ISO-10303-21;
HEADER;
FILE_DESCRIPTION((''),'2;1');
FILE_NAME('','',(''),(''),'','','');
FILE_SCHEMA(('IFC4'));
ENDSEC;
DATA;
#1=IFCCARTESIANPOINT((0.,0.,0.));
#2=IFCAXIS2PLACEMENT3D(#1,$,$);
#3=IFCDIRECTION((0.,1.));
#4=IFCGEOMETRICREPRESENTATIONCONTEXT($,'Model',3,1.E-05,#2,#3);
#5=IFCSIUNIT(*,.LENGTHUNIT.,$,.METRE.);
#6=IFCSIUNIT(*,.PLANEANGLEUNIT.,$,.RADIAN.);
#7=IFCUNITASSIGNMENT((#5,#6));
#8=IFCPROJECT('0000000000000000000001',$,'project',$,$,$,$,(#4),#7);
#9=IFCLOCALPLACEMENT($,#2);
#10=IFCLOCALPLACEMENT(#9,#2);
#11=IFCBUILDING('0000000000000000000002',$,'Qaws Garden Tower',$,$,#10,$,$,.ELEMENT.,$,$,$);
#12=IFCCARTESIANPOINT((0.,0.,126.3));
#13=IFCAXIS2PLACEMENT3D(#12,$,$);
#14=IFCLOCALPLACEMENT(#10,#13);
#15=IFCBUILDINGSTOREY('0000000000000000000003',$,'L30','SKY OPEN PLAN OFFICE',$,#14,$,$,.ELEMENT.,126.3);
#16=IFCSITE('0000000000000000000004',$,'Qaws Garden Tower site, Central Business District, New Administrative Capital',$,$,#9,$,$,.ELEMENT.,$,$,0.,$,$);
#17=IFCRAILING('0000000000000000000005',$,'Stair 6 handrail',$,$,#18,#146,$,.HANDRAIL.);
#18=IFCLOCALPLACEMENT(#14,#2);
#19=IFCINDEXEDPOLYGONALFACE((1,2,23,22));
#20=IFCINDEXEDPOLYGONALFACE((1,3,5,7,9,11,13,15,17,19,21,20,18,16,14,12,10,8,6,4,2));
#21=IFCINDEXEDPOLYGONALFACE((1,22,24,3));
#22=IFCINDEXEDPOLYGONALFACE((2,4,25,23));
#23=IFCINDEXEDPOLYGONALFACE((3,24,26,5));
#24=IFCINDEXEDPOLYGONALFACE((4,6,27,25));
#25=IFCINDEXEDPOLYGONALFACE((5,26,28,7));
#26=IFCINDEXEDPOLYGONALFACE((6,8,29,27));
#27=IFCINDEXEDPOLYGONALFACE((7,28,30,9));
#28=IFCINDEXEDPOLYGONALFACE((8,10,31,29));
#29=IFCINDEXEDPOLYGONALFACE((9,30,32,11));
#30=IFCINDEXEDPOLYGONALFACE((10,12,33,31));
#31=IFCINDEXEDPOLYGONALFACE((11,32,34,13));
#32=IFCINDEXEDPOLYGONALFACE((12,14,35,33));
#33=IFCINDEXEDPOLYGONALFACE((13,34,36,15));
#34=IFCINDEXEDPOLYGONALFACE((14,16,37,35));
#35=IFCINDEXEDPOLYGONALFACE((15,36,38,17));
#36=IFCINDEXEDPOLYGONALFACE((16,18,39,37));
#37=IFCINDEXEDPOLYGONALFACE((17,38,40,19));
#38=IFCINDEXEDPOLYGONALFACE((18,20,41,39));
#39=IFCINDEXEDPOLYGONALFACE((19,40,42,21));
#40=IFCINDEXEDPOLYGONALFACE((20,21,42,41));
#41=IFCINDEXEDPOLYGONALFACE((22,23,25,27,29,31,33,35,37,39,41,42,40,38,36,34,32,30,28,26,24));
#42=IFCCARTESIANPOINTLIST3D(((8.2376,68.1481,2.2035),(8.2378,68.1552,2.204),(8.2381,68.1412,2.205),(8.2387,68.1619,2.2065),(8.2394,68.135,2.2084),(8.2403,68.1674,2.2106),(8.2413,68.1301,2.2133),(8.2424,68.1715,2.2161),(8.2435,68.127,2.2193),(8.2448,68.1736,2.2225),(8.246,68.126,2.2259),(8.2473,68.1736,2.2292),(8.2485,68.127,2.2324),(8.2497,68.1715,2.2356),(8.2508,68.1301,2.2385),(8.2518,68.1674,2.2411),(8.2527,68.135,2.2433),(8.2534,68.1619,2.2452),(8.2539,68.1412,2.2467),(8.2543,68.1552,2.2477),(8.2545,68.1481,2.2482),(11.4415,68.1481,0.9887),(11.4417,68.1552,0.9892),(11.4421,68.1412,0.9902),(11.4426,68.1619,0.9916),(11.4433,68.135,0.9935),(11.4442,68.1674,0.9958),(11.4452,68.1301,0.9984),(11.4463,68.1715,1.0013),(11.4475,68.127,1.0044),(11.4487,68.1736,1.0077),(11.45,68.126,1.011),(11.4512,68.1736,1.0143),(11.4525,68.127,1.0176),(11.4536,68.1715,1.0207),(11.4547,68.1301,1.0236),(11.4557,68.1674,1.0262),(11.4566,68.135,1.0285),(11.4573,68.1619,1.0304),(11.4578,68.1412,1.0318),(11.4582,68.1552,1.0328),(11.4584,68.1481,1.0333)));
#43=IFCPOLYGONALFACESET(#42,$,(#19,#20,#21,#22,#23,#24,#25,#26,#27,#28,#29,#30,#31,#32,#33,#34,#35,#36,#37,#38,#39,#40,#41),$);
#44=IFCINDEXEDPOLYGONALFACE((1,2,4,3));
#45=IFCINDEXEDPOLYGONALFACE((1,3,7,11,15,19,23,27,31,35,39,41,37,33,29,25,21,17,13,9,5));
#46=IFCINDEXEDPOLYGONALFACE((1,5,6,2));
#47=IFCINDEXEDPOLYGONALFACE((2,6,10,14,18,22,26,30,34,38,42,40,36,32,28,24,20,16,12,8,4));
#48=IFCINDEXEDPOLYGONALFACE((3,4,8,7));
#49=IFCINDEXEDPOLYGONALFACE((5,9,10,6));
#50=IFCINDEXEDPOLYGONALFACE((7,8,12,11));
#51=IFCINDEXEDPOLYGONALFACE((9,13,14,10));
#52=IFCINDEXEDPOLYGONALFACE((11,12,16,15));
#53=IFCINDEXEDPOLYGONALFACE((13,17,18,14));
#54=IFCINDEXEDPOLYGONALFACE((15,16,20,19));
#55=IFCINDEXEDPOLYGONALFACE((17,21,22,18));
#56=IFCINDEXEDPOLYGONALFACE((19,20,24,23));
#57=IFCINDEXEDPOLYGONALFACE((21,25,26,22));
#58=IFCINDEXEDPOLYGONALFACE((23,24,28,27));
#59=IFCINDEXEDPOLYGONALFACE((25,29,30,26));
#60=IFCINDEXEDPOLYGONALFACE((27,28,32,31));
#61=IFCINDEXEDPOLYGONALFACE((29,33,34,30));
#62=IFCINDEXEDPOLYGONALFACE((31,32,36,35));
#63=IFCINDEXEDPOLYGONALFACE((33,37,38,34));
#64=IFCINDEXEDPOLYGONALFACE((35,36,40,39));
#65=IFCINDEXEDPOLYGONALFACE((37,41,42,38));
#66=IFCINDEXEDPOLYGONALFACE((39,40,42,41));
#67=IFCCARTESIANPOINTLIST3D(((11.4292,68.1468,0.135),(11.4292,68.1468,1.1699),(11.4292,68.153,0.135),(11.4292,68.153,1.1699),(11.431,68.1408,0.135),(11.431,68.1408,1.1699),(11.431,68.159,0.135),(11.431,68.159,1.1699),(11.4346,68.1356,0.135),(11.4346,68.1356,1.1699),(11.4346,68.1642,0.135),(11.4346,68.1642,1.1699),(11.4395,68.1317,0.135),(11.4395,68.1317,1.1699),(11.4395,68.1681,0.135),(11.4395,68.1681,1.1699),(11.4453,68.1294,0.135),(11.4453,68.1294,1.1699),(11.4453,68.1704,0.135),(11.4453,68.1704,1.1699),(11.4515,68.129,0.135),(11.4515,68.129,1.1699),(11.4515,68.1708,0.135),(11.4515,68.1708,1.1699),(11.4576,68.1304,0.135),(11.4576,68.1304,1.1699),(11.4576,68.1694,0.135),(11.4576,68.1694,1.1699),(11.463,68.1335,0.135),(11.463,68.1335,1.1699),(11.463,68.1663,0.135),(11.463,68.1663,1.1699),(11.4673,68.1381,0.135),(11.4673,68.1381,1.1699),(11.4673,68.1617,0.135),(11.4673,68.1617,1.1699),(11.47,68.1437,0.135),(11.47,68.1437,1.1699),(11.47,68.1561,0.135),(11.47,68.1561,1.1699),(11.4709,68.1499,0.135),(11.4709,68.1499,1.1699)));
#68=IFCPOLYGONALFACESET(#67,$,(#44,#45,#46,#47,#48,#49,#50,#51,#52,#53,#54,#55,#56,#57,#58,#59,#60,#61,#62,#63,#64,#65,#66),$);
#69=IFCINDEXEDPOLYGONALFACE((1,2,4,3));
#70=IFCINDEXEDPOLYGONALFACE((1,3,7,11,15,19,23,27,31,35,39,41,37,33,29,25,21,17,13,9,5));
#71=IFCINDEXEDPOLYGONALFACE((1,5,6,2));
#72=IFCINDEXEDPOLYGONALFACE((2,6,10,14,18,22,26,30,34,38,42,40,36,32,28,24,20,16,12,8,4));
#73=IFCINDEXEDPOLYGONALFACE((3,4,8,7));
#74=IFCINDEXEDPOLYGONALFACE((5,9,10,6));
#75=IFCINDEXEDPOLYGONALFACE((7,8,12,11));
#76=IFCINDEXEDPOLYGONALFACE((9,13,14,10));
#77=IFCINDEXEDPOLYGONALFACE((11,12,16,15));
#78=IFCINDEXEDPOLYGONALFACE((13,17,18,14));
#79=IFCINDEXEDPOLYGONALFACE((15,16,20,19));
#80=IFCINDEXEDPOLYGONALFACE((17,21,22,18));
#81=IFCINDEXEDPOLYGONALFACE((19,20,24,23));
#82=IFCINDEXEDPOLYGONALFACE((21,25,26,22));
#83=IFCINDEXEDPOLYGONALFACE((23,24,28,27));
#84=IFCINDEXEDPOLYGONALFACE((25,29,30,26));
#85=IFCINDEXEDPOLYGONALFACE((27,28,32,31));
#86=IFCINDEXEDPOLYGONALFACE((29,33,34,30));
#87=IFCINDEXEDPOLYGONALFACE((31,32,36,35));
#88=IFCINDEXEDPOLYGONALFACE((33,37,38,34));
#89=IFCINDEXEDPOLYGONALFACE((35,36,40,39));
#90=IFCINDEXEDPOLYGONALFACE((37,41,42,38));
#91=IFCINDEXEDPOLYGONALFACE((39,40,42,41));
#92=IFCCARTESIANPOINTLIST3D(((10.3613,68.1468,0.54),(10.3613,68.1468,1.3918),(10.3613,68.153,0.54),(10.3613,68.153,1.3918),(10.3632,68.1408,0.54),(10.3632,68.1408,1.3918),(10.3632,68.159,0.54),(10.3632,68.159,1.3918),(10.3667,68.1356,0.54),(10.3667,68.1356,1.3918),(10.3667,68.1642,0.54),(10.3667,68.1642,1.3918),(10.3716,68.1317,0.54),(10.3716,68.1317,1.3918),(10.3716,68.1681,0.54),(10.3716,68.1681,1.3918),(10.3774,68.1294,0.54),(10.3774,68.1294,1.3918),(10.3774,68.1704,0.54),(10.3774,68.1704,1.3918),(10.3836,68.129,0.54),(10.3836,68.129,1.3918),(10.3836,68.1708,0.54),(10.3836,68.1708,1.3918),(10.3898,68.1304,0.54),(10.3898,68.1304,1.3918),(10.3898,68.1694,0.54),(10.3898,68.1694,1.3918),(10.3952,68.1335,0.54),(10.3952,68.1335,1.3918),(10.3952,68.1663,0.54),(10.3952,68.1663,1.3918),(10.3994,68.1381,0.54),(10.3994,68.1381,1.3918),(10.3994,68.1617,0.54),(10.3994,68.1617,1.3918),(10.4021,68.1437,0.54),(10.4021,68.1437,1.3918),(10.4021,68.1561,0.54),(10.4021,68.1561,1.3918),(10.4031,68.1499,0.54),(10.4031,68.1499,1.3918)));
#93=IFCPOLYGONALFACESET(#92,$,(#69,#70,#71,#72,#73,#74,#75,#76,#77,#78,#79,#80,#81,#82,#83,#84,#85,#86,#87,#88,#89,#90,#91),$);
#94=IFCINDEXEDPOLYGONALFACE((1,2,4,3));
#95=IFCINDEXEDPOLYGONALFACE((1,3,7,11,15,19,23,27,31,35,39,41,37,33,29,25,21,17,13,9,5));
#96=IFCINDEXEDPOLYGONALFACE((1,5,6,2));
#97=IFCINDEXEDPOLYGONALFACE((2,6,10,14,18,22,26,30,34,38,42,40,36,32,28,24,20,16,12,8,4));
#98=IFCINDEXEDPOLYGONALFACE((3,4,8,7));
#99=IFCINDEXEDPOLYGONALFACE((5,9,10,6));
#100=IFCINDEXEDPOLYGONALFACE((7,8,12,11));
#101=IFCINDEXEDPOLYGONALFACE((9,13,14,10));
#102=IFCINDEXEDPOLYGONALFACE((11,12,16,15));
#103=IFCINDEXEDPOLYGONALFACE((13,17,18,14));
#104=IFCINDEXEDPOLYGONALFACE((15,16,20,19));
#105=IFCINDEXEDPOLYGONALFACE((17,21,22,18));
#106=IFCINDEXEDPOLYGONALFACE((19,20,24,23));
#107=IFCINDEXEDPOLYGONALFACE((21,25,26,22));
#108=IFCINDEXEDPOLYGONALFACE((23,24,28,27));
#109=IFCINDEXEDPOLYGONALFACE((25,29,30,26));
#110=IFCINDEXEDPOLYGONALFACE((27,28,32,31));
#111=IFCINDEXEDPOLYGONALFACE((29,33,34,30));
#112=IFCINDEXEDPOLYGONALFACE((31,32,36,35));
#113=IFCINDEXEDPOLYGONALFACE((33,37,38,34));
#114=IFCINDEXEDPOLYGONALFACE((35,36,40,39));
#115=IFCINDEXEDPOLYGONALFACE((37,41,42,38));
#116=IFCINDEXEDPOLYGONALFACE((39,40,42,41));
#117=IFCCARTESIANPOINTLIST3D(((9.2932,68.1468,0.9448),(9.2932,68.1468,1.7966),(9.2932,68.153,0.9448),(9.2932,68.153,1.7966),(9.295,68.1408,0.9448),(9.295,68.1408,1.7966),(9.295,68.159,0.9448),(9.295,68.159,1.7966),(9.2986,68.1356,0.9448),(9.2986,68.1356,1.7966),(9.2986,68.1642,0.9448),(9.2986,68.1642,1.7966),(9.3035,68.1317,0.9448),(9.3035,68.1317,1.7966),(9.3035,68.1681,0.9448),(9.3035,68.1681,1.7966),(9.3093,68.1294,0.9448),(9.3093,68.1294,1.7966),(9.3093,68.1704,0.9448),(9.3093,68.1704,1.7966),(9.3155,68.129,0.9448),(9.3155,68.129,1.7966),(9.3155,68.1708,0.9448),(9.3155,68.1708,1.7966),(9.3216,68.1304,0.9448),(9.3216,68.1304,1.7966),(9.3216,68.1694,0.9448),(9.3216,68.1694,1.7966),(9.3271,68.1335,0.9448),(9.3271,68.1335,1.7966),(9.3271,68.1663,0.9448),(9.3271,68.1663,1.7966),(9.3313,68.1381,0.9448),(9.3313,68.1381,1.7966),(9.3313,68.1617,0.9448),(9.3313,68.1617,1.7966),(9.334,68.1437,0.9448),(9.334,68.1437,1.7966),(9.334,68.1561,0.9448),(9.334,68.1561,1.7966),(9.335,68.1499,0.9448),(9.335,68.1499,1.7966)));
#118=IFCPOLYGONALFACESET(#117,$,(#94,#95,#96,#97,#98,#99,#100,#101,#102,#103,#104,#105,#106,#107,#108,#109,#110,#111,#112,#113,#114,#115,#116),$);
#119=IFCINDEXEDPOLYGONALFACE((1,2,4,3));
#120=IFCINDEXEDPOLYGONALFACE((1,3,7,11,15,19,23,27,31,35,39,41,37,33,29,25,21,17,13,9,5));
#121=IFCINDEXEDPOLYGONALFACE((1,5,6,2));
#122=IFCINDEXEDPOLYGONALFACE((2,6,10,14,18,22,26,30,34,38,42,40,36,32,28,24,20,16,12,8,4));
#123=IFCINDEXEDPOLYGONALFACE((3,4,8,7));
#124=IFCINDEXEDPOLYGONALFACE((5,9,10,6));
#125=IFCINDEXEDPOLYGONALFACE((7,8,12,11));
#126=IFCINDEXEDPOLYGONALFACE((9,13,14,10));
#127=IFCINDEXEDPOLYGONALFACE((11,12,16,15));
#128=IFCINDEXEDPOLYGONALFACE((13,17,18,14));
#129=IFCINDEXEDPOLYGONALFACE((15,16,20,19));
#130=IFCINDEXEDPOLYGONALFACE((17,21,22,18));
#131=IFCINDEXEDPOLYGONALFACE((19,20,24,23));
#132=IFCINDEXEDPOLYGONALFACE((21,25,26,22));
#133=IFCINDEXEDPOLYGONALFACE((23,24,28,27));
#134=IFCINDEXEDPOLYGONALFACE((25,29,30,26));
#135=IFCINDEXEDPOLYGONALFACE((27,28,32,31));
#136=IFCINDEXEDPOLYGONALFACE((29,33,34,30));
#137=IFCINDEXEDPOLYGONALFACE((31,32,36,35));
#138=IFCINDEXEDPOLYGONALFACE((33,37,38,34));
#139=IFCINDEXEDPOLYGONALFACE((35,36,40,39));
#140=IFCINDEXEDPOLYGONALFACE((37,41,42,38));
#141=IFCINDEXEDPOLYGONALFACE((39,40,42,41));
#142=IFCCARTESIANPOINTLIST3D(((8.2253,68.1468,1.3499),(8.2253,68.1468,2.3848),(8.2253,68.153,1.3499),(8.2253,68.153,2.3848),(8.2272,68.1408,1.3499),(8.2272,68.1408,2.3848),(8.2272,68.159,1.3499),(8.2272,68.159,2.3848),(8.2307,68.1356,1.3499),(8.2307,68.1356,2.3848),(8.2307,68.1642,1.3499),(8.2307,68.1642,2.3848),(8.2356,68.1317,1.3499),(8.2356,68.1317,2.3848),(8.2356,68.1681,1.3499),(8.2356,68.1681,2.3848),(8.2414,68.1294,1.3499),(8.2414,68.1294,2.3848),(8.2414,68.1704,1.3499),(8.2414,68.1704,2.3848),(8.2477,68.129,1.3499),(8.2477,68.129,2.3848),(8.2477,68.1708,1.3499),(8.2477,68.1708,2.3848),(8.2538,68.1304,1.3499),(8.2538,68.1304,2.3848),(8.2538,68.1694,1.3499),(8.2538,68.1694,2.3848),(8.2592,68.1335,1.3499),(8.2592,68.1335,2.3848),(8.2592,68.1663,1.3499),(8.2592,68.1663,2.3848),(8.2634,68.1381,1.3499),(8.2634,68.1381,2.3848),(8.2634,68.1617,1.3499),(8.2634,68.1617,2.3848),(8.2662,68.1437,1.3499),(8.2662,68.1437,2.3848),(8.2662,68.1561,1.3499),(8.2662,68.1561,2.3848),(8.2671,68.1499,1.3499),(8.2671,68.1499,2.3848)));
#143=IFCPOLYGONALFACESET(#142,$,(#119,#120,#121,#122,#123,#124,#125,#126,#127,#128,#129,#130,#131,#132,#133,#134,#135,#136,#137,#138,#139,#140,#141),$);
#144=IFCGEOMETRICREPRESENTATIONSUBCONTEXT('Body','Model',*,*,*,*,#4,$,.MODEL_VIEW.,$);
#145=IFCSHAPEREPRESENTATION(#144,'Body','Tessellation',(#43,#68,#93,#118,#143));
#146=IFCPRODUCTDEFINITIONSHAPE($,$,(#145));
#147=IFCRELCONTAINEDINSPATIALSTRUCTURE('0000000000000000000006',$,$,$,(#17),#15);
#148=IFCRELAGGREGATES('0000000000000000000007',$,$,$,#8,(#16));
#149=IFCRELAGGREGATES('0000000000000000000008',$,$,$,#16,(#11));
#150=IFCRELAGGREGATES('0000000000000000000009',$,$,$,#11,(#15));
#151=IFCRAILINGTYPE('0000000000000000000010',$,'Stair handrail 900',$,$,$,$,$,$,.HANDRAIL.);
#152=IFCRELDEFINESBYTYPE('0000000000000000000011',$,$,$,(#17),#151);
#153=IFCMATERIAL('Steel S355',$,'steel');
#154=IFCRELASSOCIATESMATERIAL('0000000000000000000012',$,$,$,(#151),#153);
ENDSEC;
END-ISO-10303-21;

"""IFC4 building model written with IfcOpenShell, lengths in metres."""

from ifc_helpers import new_model, si_unit, direction, frame, origin, origin_2d, place, context, subcontext, project, spatial, circle, extrude, material, type_object, element, save


model = new_model("IFC4")

# Units and contexts
model_context = context("Model", 3, precision=1e-05, world=origin(), true_north=direction((0.0, 1.0)))
body_context = subcontext(model_context, "Body", "Model", "MODEL_VIEW")
ifc_project = project(units=[si_unit("LENGTHUNIT", "METRE"), si_unit("PLANEANGLEUNIT", "RADIAN")], contexts=[model_context])

# Site, building, storey
site_placement = place(None, origin())
site = spatial("IfcSite", under=ifc_project, at=site_placement, Name="Qaws Garden Tower site, Central Business District, New Administrative Capital", CompositionType="ELEMENT", RefElevation=0.0)
building_placement = place(site_placement, origin())
building = spatial("IfcBuilding", under=site, at=building_placement, Name="Qaws Garden Tower", CompositionType="ELEMENT")
storey_placement = place(building_placement, frame((0.0, 0.0, 126.3)))
storey = spatial("IfcBuildingStorey", under=building, at=storey_placement, Name="L30", Description="SKY OPEN PLAN OFFICE", CompositionType="ELEMENT", Elevation=126.3)

# Railing
ifc_material_1 = material(Name="Steel S355", Category="steel")
railing_type = type_object("IfcRailingType", Name="Stair handrail 900", PredefinedType="HANDRAIL", material=ifc_material_1)
railing_1_placement = place(storey_placement, frame((11.45, 68.1499, 0.135)))
element("IfcRailing", 1, at=railing_1_placement, inside=storey, type_object=railing_type, Name="Stair 6 handrail", PredefinedType="HANDRAIL", context=body_context, shape_type="SweptSolid", body=[
    extrude(circle(Radius=0.0239, at=origin_2d()), frame((0.0, 0.0, 0.876), z_axis=(-0.935037, 0.0, 0.354549), x_axis=(0.0, -1.0, 0.0)), (0.0, 0.0, 1.0), 3.4265),
    extrude(circle(Radius=0.021, at=origin_2d()), origin(), (0.0, 0.0, 1.0), 1.0349),
    extrude(circle(Radius=0.021, at=origin_2d()), frame((-1.0679, 0.0, 0.405)), (0.0, 0.0, 1.0), 0.8518),
    extrude(circle(Radius=0.021, at=origin_2d()), frame((-2.136, 0.0, 0.8098)), (0.0, 0.0, 1.0), 0.8518),
    extrude(circle(Radius=0.021, at=origin_2d()), frame((-3.2039, 0.0, 1.2148)), (0.0, 0.0, 1.0), 1.0349),
])

save(model, "model.ifc")
